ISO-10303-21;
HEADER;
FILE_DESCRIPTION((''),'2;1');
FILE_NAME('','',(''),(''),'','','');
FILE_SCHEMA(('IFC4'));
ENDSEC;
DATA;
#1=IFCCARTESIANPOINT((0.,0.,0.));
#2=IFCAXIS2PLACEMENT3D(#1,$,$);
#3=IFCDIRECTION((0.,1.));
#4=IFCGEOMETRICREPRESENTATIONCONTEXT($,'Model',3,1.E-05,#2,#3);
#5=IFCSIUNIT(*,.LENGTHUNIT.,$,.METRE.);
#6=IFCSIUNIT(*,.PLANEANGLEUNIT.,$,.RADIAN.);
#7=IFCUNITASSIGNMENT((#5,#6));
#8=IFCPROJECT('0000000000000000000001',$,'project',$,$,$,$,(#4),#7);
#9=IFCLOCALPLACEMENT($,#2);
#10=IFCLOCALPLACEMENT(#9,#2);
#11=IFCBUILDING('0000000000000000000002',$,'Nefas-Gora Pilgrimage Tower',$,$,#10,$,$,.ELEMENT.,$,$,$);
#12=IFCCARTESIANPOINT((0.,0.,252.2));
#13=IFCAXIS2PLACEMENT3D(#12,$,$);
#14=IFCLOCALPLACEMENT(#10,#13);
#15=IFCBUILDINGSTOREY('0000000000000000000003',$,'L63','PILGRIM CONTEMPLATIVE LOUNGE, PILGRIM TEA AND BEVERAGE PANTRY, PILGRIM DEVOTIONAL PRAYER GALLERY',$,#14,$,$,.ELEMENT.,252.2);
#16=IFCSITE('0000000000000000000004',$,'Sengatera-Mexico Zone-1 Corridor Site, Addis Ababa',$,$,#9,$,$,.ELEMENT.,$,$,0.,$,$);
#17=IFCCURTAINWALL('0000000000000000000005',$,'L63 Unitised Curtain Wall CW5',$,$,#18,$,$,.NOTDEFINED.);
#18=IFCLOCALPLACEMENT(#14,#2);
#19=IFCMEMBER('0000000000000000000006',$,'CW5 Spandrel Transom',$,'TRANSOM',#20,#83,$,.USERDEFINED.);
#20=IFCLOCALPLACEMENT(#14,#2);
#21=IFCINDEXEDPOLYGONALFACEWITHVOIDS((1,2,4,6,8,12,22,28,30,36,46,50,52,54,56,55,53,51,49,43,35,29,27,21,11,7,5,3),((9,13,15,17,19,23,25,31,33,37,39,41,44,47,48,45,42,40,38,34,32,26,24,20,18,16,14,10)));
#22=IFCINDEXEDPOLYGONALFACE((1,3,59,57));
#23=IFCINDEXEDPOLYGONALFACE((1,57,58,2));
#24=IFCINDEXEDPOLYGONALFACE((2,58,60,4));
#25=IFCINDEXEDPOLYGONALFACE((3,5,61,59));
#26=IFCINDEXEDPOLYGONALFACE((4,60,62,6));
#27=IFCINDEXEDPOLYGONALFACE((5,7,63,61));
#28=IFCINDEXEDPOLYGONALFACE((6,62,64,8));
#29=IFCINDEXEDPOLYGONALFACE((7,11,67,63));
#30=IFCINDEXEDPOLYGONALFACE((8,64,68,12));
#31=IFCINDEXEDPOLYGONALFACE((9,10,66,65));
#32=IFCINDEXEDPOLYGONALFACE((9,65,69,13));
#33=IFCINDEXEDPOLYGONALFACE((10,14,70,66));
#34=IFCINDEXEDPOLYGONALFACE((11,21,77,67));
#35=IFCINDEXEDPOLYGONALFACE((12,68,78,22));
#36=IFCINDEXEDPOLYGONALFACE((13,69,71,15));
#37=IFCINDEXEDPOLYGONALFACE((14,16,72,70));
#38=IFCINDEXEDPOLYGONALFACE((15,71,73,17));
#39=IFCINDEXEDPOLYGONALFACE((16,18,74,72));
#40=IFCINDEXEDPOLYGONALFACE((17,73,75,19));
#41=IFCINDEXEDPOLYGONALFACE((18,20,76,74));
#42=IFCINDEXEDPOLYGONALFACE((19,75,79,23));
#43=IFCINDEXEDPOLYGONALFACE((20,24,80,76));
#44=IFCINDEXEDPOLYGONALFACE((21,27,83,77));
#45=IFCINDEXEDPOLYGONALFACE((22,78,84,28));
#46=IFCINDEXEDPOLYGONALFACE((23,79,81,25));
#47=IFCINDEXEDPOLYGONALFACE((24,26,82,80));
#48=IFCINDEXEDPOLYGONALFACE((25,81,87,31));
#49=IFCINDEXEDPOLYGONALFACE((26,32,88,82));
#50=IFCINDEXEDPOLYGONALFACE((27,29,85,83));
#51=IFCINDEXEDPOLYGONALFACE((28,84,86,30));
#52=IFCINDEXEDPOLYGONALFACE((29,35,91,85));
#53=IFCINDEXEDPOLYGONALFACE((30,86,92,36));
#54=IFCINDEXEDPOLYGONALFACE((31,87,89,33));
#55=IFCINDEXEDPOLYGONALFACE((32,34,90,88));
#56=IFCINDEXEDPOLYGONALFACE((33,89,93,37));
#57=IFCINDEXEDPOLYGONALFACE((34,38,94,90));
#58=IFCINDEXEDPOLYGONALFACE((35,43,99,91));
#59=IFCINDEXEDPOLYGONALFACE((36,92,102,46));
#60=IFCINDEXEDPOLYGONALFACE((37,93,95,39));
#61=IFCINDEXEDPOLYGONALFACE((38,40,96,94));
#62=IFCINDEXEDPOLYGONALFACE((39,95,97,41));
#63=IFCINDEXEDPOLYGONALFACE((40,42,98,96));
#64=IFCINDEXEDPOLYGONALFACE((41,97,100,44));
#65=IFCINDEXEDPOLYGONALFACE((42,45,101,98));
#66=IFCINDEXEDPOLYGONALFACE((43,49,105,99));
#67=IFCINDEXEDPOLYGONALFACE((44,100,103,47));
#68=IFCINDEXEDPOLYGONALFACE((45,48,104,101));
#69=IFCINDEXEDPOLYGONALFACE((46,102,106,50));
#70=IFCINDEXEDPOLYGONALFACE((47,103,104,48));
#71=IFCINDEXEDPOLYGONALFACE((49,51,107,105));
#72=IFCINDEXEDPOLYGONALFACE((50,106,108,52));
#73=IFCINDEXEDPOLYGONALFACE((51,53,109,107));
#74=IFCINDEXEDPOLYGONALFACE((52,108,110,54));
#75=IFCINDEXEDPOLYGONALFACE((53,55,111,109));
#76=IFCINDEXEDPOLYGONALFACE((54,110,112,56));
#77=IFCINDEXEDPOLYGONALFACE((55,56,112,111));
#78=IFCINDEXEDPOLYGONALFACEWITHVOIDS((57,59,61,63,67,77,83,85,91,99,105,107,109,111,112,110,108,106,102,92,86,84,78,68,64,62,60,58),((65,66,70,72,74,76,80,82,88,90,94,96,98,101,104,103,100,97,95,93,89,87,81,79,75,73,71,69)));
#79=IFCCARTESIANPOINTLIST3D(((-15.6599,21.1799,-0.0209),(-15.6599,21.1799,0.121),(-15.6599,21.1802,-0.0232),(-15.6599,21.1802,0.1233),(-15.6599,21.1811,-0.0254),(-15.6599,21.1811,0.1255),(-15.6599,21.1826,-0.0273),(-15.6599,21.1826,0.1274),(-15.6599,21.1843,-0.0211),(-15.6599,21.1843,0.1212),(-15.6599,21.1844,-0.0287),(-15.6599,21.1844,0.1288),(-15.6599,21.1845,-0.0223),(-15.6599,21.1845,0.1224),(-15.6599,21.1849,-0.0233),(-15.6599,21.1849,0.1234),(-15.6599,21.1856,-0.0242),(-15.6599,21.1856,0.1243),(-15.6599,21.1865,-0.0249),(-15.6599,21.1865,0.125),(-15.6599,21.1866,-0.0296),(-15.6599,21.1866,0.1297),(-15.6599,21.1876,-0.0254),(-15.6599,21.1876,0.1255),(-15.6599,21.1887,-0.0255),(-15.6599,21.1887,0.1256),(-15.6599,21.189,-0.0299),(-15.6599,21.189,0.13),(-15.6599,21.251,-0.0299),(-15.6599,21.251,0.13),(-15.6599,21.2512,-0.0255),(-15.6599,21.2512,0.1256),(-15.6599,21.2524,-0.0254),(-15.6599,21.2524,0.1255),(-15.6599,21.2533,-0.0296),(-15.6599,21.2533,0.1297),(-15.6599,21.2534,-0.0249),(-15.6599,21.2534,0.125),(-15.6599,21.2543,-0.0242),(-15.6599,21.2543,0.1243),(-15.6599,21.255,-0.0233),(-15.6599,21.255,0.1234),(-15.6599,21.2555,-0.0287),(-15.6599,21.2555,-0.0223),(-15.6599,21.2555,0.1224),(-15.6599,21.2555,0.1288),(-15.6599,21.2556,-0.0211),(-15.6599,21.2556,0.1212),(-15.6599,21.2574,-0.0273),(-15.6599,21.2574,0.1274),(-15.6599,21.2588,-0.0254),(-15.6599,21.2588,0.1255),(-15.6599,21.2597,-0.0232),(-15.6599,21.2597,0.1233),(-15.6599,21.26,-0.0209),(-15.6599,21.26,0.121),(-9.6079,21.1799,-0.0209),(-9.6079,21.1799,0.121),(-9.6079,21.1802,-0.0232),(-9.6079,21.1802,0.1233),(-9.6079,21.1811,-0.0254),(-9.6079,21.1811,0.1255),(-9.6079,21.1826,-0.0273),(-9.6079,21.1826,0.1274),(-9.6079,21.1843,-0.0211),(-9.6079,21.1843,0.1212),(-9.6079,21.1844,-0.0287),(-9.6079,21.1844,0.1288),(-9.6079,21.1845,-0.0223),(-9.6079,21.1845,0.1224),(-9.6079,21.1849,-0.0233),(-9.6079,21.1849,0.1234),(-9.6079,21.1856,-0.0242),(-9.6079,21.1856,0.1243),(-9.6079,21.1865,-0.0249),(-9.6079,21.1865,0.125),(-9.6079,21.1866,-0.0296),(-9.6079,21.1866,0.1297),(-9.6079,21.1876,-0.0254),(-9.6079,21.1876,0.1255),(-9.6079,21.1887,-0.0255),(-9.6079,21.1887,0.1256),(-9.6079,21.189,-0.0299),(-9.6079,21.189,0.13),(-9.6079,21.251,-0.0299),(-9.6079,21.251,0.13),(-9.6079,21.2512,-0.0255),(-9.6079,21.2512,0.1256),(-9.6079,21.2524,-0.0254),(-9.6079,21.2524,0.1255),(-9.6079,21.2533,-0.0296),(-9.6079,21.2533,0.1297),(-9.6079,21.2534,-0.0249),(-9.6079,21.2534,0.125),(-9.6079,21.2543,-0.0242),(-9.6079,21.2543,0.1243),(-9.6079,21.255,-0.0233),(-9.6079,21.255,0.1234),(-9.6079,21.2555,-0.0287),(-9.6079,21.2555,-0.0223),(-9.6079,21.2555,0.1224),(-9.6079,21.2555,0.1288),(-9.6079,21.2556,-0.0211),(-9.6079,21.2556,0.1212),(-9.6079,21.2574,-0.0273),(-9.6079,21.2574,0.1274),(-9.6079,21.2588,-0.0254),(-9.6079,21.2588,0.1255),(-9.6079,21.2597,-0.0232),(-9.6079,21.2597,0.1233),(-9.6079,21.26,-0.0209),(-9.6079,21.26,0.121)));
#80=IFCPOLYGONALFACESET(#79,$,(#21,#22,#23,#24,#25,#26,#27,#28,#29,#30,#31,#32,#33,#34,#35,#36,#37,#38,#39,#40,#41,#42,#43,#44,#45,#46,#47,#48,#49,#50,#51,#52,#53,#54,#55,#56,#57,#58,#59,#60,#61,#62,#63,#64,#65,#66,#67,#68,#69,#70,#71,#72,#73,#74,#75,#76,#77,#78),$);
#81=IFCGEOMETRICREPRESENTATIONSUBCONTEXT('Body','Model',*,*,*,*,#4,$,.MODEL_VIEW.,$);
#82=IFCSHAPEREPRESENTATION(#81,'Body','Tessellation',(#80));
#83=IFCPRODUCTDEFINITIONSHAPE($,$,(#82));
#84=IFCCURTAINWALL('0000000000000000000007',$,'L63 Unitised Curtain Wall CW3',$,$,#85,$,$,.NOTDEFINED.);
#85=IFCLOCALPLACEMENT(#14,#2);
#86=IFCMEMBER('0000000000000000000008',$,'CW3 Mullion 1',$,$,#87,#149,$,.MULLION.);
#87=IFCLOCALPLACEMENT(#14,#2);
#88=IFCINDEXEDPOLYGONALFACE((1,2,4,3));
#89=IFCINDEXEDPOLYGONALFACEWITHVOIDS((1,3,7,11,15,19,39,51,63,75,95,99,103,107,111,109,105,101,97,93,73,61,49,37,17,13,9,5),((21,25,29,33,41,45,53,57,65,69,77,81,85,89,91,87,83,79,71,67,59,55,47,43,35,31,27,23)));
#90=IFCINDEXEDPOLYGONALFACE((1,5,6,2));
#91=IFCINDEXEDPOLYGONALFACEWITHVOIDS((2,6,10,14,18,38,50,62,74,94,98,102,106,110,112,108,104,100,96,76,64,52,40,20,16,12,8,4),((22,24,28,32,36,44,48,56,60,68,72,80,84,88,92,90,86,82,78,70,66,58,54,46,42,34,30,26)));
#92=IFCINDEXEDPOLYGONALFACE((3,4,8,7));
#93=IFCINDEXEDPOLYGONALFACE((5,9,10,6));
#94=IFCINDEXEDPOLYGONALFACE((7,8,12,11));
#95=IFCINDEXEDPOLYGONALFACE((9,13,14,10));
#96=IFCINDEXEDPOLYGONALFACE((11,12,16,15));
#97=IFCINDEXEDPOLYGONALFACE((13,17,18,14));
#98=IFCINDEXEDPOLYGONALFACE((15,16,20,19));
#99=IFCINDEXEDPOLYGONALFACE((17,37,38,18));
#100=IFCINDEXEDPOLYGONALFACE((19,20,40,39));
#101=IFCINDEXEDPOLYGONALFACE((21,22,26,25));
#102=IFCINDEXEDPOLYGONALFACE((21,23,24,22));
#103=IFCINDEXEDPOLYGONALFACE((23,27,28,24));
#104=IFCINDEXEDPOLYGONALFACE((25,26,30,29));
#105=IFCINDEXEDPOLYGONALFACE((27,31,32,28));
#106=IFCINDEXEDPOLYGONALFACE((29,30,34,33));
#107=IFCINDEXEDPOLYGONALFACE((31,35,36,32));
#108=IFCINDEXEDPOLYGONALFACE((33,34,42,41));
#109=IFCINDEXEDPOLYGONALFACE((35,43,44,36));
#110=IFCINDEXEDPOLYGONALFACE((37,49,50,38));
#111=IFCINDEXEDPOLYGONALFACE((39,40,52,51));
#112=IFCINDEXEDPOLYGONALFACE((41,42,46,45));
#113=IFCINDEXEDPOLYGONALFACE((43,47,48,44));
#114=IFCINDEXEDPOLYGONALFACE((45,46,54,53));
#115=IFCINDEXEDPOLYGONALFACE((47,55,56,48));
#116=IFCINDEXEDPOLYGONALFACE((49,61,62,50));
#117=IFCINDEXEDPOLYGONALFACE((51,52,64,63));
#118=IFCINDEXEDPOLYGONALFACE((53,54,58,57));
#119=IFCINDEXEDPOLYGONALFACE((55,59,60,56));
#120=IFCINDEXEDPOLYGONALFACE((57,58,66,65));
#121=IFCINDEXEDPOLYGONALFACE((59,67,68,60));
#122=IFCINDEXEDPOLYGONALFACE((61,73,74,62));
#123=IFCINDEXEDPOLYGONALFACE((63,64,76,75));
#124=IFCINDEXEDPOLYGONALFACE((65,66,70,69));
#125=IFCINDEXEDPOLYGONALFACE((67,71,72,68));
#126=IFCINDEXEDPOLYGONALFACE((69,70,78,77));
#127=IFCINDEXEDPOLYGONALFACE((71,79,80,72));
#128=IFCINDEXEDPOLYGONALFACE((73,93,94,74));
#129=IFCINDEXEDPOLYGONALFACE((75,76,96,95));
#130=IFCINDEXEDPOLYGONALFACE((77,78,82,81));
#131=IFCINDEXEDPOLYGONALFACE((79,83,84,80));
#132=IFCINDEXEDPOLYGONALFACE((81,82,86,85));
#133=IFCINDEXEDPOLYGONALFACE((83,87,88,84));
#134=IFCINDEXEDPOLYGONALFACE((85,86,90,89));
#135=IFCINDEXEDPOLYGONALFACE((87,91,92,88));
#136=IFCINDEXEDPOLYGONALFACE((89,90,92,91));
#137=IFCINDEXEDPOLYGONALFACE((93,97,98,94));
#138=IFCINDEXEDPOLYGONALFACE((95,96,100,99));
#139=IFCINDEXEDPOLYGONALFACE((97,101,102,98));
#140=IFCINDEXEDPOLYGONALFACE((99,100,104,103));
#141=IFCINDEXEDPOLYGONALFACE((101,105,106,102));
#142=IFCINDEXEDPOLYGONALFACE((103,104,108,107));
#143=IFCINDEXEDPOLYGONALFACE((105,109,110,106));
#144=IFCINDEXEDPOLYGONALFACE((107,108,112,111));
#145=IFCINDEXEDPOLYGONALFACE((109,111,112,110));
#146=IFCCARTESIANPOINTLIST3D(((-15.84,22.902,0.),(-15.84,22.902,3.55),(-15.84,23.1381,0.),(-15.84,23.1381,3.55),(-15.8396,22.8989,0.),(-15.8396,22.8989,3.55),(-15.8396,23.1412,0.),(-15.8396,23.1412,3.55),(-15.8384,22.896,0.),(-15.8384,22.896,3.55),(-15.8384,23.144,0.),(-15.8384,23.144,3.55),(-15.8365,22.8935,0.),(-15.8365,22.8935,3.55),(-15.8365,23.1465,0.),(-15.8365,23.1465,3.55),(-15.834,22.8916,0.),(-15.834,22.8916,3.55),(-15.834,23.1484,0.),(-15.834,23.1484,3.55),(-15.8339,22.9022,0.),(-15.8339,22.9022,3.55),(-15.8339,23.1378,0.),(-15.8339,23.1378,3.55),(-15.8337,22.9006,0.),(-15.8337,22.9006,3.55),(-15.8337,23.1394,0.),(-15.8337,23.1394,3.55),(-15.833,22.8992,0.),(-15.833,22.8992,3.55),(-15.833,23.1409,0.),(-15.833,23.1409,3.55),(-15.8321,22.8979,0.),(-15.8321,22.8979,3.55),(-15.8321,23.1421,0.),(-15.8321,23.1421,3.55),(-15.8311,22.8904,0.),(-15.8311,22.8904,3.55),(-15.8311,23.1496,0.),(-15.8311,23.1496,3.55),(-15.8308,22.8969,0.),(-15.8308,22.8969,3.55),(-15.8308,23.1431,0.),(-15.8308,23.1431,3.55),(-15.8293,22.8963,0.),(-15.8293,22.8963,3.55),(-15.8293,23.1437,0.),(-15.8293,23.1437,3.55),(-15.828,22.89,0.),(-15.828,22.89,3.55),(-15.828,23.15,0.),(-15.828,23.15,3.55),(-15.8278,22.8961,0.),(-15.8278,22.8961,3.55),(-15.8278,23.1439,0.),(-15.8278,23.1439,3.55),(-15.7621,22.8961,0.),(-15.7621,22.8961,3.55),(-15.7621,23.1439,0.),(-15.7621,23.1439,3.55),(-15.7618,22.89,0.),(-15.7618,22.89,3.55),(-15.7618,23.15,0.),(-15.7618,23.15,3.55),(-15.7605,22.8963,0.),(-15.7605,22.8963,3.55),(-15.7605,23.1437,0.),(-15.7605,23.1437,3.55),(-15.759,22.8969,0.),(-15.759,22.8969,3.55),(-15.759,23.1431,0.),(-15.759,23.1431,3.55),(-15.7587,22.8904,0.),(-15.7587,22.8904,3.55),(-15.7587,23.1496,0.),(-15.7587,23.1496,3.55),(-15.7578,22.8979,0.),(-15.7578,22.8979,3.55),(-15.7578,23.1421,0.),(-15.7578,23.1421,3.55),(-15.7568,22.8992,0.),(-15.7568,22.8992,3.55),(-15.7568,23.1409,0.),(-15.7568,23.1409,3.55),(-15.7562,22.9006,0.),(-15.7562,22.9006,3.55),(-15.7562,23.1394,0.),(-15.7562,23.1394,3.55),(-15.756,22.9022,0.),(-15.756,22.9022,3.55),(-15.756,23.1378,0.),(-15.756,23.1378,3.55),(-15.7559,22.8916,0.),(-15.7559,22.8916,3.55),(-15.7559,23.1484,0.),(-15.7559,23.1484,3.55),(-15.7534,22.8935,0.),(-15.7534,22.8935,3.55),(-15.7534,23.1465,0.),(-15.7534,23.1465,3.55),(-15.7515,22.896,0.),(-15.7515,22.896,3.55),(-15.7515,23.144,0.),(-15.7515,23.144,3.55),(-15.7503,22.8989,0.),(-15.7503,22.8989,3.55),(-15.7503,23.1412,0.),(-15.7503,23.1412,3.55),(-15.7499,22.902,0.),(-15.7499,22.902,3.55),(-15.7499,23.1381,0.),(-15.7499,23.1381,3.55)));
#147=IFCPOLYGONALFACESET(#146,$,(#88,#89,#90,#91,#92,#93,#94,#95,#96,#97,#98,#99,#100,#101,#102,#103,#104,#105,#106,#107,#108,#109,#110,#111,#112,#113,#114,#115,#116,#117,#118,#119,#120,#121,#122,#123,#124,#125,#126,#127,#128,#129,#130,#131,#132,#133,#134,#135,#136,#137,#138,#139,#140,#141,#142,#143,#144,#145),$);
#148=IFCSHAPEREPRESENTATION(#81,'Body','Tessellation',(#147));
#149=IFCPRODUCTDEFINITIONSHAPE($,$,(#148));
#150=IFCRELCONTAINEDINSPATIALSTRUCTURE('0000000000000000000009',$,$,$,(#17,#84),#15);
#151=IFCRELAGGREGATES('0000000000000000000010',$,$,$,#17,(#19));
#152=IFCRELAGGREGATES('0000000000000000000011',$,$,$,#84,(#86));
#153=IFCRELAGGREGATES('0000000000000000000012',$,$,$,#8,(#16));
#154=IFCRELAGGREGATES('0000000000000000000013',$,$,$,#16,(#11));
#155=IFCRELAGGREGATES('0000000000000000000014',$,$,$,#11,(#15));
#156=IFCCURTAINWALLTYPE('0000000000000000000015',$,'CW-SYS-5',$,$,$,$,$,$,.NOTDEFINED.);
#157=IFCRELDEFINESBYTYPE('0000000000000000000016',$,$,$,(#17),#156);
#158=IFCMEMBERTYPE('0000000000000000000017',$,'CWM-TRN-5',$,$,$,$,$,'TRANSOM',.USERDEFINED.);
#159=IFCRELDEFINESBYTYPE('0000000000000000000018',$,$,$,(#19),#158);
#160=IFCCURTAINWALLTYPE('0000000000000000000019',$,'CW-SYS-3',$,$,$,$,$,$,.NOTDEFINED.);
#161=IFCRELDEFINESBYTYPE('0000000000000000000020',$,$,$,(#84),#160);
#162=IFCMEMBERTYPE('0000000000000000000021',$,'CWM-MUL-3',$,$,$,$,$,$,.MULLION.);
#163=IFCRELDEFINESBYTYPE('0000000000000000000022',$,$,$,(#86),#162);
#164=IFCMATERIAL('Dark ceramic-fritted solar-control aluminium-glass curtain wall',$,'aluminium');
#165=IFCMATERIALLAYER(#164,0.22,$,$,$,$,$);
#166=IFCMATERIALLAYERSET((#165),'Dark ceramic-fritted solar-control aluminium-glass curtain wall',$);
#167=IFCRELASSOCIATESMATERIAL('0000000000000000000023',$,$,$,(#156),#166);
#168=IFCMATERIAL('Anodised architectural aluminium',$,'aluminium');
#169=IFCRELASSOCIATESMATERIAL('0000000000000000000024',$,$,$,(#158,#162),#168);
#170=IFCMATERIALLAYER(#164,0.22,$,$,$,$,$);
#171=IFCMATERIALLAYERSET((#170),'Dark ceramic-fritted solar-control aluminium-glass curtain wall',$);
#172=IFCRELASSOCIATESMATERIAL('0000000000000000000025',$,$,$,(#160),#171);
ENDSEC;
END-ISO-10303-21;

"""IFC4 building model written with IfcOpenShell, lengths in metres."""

from ifc_helpers import new_model, si_unit, direction, frame, origin, origin_2d, place, context, subcontext, project, spatial, hollow_rectangle, extrude, source, transform, mapped, material, layer, layer_set, material_profile, profile_set, type_object, element, aggregate, save


model = new_model("IFC4")

# Units and contexts
model_context = context("Model", 3, precision=1e-05, world=origin(), true_north=direction((0.0, 1.0)))
body_context = subcontext(model_context, "Body", "Model", "MODEL_VIEW")
ifc_project = project(units=[si_unit("LENGTHUNIT", "METRE"), si_unit("PLANEANGLEUNIT", "RADIAN")], contexts=[model_context])

# Site, building, storey
site_placement = place(None, origin())
site = spatial("IfcSite", under=ifc_project, at=site_placement, Name="Sengatera-Mexico Zone-1 Corridor Site, Addis Ababa", CompositionType="ELEMENT", RefElevation=0.0)
building_placement = place(site_placement, origin())
building = spatial("IfcBuilding", under=site, at=building_placement, Name="Nefas-Gora Pilgrimage Tower", CompositionType="ELEMENT")
storey_placement = place(building_placement, frame((0.0, 0.0, 252.2)))
storey = spatial("IfcBuildingStorey", under=building, at=storey_placement, Name="L63", Description="PILGRIM CONTEMPLATIVE LOUNGE, PILGRIM TEA AND BEVERAGE PANTRY, PILGRIM DEVOTIONAL PRAYER GALLERY", CompositionType="ELEMENT", Elevation=252.2)

# Curtain walls, members
ifc_material_1 = material(Name="Dark ceramic-fritted solar-control aluminium-glass curtain wall", Category="aluminium")
ifc_layer_1 = layer(ifc_material_1, 0.22)
ifc_layer_set_1 = layer_set([ifc_layer_1], Name="Dark ceramic-fritted solar-control aluminium-glass curtain wall")
curtain_wall_type_1 = type_object("IfcCurtainWallType", Name="CW-SYS-5", PredefinedType="NOTDEFINED", material=ifc_layer_set_1)
curtain_wall_1_placement = place(storey_placement, origin())
curtain_wall_1 = element("IfcCurtainWall", 1, at=curtain_wall_1_placement, inside=storey, type_object=curtain_wall_type_1, Name="L63 Unitised Curtain Wall CW5", PredefinedType="NOTDEFINED")
ifc_material_2 = material(Name="Anodised architectural aluminium", Category="aluminium")
ifc_material_profile_1 = material_profile(ifc_material_2, hollow_rectangle(XDim=0.0801, YDim=0.1599, WallThickness=0.0044, InnerFilletRadius=0.0044, OuterFilletRadius=0.009, at=origin_2d()), Name="ALU TRANSOM 80x160")
ifc_profile_set_1 = profile_set([ifc_material_profile_1], Name="Anodised architectural aluminium")
member_type_1 = type_object("IfcMemberType", Name="CWM-TRN-5", ElementType="TRANSOM", PredefinedType="USERDEFINED", material=ifc_profile_set_1)
shared_shape_1 = source(origin(), body_context, "Body", "SweptSolid", [
    extrude(hollow_rectangle(XDim=0.0801, YDim=0.1599, WallThickness=0.0044, InnerFilletRadius=0.0044, OuterFilletRadius=0.009, at=origin_2d()), origin(), (0.0, 0.0, 1.0), 6.052),
])
member_1_placement = place(storey_placement, frame((-9.6079, 21.22, 0.05), z_axis=(-1.0, 0.0, 0.0), x_axis=(0.0, -1.0, 0.0)))
member_1 = element("IfcMember", 2, at=member_1_placement, type_object=member_type_1, Name="CW5 Spandrel Transom", ObjectType="TRANSOM", PredefinedType="USERDEFINED", context=body_context, shape_type="MappedRepresentation", body=[
    mapped(shared_shape_1, transform((0.0, 0.0, 0.0), x_axis=(1.0, 0.0, 0.0), y_axis=(0.0, 1.0, 0.0), z_axis=(0.0, 0.0, 1.0), scale=1.0)),
])
ifc_layer_2 = layer(ifc_material_1, 0.22)
ifc_layer_set_2 = layer_set([ifc_layer_2], Name="Dark ceramic-fritted solar-control aluminium-glass curtain wall")
curtain_wall_type_2 = type_object("IfcCurtainWallType", Name="CW-SYS-3", PredefinedType="NOTDEFINED", material=ifc_layer_set_2)
curtain_wall_2_placement = place(storey_placement, origin())
curtain_wall_2 = element("IfcCurtainWall", 3, at=curtain_wall_2_placement, inside=storey, type_object=curtain_wall_type_2, Name="L63 Unitised Curtain Wall CW3", PredefinedType="NOTDEFINED")
ifc_material_profile_2 = material_profile(ifc_material_2, hollow_rectangle(XDim=0.0901, YDim=0.26, WallThickness=0.0061, InnerFilletRadius=0.0061, OuterFilletRadius=0.012, at=origin_2d()), Name="ALU MULLION 90x260")
ifc_profile_set_2 = profile_set([ifc_material_profile_2], Name="Anodised architectural aluminium")
member_type_2 = type_object("IfcMemberType", Name="CWM-MUL-3", PredefinedType="MULLION", material=ifc_profile_set_2)
shared_shape_2 = source(origin(), body_context, "Body", "SweptSolid", [
    extrude(hollow_rectangle(XDim=0.0901, YDim=0.26, WallThickness=0.0061, InnerFilletRadius=0.0061, OuterFilletRadius=0.012, at=origin_2d()), origin(), (0.0, 0.0, 1.0), 3.55),
])
member_2_placement = place(storey_placement, frame((-15.7949, 23.02, 0.0), z_axis=(0.0, 0.0, 1.0), x_axis=(-1.0, 0.0, 0.0)))
member_2 = element("IfcMember", 4, at=member_2_placement, type_object=member_type_2, Name="CW3 Mullion 1", PredefinedType="MULLION", context=body_context, shape_type="MappedRepresentation", body=[
    mapped(shared_shape_2, transform((0.0, 0.0, 0.0), x_axis=(1.0, 0.0, 0.0), y_axis=(0.0, 1.0, 0.0), z_axis=(0.0, 0.0, 1.0), scale=1.0)),
])

aggregate(curtain_wall_1, [member_1])
aggregate(curtain_wall_2, [member_2])

save(model, "model.ifc")
